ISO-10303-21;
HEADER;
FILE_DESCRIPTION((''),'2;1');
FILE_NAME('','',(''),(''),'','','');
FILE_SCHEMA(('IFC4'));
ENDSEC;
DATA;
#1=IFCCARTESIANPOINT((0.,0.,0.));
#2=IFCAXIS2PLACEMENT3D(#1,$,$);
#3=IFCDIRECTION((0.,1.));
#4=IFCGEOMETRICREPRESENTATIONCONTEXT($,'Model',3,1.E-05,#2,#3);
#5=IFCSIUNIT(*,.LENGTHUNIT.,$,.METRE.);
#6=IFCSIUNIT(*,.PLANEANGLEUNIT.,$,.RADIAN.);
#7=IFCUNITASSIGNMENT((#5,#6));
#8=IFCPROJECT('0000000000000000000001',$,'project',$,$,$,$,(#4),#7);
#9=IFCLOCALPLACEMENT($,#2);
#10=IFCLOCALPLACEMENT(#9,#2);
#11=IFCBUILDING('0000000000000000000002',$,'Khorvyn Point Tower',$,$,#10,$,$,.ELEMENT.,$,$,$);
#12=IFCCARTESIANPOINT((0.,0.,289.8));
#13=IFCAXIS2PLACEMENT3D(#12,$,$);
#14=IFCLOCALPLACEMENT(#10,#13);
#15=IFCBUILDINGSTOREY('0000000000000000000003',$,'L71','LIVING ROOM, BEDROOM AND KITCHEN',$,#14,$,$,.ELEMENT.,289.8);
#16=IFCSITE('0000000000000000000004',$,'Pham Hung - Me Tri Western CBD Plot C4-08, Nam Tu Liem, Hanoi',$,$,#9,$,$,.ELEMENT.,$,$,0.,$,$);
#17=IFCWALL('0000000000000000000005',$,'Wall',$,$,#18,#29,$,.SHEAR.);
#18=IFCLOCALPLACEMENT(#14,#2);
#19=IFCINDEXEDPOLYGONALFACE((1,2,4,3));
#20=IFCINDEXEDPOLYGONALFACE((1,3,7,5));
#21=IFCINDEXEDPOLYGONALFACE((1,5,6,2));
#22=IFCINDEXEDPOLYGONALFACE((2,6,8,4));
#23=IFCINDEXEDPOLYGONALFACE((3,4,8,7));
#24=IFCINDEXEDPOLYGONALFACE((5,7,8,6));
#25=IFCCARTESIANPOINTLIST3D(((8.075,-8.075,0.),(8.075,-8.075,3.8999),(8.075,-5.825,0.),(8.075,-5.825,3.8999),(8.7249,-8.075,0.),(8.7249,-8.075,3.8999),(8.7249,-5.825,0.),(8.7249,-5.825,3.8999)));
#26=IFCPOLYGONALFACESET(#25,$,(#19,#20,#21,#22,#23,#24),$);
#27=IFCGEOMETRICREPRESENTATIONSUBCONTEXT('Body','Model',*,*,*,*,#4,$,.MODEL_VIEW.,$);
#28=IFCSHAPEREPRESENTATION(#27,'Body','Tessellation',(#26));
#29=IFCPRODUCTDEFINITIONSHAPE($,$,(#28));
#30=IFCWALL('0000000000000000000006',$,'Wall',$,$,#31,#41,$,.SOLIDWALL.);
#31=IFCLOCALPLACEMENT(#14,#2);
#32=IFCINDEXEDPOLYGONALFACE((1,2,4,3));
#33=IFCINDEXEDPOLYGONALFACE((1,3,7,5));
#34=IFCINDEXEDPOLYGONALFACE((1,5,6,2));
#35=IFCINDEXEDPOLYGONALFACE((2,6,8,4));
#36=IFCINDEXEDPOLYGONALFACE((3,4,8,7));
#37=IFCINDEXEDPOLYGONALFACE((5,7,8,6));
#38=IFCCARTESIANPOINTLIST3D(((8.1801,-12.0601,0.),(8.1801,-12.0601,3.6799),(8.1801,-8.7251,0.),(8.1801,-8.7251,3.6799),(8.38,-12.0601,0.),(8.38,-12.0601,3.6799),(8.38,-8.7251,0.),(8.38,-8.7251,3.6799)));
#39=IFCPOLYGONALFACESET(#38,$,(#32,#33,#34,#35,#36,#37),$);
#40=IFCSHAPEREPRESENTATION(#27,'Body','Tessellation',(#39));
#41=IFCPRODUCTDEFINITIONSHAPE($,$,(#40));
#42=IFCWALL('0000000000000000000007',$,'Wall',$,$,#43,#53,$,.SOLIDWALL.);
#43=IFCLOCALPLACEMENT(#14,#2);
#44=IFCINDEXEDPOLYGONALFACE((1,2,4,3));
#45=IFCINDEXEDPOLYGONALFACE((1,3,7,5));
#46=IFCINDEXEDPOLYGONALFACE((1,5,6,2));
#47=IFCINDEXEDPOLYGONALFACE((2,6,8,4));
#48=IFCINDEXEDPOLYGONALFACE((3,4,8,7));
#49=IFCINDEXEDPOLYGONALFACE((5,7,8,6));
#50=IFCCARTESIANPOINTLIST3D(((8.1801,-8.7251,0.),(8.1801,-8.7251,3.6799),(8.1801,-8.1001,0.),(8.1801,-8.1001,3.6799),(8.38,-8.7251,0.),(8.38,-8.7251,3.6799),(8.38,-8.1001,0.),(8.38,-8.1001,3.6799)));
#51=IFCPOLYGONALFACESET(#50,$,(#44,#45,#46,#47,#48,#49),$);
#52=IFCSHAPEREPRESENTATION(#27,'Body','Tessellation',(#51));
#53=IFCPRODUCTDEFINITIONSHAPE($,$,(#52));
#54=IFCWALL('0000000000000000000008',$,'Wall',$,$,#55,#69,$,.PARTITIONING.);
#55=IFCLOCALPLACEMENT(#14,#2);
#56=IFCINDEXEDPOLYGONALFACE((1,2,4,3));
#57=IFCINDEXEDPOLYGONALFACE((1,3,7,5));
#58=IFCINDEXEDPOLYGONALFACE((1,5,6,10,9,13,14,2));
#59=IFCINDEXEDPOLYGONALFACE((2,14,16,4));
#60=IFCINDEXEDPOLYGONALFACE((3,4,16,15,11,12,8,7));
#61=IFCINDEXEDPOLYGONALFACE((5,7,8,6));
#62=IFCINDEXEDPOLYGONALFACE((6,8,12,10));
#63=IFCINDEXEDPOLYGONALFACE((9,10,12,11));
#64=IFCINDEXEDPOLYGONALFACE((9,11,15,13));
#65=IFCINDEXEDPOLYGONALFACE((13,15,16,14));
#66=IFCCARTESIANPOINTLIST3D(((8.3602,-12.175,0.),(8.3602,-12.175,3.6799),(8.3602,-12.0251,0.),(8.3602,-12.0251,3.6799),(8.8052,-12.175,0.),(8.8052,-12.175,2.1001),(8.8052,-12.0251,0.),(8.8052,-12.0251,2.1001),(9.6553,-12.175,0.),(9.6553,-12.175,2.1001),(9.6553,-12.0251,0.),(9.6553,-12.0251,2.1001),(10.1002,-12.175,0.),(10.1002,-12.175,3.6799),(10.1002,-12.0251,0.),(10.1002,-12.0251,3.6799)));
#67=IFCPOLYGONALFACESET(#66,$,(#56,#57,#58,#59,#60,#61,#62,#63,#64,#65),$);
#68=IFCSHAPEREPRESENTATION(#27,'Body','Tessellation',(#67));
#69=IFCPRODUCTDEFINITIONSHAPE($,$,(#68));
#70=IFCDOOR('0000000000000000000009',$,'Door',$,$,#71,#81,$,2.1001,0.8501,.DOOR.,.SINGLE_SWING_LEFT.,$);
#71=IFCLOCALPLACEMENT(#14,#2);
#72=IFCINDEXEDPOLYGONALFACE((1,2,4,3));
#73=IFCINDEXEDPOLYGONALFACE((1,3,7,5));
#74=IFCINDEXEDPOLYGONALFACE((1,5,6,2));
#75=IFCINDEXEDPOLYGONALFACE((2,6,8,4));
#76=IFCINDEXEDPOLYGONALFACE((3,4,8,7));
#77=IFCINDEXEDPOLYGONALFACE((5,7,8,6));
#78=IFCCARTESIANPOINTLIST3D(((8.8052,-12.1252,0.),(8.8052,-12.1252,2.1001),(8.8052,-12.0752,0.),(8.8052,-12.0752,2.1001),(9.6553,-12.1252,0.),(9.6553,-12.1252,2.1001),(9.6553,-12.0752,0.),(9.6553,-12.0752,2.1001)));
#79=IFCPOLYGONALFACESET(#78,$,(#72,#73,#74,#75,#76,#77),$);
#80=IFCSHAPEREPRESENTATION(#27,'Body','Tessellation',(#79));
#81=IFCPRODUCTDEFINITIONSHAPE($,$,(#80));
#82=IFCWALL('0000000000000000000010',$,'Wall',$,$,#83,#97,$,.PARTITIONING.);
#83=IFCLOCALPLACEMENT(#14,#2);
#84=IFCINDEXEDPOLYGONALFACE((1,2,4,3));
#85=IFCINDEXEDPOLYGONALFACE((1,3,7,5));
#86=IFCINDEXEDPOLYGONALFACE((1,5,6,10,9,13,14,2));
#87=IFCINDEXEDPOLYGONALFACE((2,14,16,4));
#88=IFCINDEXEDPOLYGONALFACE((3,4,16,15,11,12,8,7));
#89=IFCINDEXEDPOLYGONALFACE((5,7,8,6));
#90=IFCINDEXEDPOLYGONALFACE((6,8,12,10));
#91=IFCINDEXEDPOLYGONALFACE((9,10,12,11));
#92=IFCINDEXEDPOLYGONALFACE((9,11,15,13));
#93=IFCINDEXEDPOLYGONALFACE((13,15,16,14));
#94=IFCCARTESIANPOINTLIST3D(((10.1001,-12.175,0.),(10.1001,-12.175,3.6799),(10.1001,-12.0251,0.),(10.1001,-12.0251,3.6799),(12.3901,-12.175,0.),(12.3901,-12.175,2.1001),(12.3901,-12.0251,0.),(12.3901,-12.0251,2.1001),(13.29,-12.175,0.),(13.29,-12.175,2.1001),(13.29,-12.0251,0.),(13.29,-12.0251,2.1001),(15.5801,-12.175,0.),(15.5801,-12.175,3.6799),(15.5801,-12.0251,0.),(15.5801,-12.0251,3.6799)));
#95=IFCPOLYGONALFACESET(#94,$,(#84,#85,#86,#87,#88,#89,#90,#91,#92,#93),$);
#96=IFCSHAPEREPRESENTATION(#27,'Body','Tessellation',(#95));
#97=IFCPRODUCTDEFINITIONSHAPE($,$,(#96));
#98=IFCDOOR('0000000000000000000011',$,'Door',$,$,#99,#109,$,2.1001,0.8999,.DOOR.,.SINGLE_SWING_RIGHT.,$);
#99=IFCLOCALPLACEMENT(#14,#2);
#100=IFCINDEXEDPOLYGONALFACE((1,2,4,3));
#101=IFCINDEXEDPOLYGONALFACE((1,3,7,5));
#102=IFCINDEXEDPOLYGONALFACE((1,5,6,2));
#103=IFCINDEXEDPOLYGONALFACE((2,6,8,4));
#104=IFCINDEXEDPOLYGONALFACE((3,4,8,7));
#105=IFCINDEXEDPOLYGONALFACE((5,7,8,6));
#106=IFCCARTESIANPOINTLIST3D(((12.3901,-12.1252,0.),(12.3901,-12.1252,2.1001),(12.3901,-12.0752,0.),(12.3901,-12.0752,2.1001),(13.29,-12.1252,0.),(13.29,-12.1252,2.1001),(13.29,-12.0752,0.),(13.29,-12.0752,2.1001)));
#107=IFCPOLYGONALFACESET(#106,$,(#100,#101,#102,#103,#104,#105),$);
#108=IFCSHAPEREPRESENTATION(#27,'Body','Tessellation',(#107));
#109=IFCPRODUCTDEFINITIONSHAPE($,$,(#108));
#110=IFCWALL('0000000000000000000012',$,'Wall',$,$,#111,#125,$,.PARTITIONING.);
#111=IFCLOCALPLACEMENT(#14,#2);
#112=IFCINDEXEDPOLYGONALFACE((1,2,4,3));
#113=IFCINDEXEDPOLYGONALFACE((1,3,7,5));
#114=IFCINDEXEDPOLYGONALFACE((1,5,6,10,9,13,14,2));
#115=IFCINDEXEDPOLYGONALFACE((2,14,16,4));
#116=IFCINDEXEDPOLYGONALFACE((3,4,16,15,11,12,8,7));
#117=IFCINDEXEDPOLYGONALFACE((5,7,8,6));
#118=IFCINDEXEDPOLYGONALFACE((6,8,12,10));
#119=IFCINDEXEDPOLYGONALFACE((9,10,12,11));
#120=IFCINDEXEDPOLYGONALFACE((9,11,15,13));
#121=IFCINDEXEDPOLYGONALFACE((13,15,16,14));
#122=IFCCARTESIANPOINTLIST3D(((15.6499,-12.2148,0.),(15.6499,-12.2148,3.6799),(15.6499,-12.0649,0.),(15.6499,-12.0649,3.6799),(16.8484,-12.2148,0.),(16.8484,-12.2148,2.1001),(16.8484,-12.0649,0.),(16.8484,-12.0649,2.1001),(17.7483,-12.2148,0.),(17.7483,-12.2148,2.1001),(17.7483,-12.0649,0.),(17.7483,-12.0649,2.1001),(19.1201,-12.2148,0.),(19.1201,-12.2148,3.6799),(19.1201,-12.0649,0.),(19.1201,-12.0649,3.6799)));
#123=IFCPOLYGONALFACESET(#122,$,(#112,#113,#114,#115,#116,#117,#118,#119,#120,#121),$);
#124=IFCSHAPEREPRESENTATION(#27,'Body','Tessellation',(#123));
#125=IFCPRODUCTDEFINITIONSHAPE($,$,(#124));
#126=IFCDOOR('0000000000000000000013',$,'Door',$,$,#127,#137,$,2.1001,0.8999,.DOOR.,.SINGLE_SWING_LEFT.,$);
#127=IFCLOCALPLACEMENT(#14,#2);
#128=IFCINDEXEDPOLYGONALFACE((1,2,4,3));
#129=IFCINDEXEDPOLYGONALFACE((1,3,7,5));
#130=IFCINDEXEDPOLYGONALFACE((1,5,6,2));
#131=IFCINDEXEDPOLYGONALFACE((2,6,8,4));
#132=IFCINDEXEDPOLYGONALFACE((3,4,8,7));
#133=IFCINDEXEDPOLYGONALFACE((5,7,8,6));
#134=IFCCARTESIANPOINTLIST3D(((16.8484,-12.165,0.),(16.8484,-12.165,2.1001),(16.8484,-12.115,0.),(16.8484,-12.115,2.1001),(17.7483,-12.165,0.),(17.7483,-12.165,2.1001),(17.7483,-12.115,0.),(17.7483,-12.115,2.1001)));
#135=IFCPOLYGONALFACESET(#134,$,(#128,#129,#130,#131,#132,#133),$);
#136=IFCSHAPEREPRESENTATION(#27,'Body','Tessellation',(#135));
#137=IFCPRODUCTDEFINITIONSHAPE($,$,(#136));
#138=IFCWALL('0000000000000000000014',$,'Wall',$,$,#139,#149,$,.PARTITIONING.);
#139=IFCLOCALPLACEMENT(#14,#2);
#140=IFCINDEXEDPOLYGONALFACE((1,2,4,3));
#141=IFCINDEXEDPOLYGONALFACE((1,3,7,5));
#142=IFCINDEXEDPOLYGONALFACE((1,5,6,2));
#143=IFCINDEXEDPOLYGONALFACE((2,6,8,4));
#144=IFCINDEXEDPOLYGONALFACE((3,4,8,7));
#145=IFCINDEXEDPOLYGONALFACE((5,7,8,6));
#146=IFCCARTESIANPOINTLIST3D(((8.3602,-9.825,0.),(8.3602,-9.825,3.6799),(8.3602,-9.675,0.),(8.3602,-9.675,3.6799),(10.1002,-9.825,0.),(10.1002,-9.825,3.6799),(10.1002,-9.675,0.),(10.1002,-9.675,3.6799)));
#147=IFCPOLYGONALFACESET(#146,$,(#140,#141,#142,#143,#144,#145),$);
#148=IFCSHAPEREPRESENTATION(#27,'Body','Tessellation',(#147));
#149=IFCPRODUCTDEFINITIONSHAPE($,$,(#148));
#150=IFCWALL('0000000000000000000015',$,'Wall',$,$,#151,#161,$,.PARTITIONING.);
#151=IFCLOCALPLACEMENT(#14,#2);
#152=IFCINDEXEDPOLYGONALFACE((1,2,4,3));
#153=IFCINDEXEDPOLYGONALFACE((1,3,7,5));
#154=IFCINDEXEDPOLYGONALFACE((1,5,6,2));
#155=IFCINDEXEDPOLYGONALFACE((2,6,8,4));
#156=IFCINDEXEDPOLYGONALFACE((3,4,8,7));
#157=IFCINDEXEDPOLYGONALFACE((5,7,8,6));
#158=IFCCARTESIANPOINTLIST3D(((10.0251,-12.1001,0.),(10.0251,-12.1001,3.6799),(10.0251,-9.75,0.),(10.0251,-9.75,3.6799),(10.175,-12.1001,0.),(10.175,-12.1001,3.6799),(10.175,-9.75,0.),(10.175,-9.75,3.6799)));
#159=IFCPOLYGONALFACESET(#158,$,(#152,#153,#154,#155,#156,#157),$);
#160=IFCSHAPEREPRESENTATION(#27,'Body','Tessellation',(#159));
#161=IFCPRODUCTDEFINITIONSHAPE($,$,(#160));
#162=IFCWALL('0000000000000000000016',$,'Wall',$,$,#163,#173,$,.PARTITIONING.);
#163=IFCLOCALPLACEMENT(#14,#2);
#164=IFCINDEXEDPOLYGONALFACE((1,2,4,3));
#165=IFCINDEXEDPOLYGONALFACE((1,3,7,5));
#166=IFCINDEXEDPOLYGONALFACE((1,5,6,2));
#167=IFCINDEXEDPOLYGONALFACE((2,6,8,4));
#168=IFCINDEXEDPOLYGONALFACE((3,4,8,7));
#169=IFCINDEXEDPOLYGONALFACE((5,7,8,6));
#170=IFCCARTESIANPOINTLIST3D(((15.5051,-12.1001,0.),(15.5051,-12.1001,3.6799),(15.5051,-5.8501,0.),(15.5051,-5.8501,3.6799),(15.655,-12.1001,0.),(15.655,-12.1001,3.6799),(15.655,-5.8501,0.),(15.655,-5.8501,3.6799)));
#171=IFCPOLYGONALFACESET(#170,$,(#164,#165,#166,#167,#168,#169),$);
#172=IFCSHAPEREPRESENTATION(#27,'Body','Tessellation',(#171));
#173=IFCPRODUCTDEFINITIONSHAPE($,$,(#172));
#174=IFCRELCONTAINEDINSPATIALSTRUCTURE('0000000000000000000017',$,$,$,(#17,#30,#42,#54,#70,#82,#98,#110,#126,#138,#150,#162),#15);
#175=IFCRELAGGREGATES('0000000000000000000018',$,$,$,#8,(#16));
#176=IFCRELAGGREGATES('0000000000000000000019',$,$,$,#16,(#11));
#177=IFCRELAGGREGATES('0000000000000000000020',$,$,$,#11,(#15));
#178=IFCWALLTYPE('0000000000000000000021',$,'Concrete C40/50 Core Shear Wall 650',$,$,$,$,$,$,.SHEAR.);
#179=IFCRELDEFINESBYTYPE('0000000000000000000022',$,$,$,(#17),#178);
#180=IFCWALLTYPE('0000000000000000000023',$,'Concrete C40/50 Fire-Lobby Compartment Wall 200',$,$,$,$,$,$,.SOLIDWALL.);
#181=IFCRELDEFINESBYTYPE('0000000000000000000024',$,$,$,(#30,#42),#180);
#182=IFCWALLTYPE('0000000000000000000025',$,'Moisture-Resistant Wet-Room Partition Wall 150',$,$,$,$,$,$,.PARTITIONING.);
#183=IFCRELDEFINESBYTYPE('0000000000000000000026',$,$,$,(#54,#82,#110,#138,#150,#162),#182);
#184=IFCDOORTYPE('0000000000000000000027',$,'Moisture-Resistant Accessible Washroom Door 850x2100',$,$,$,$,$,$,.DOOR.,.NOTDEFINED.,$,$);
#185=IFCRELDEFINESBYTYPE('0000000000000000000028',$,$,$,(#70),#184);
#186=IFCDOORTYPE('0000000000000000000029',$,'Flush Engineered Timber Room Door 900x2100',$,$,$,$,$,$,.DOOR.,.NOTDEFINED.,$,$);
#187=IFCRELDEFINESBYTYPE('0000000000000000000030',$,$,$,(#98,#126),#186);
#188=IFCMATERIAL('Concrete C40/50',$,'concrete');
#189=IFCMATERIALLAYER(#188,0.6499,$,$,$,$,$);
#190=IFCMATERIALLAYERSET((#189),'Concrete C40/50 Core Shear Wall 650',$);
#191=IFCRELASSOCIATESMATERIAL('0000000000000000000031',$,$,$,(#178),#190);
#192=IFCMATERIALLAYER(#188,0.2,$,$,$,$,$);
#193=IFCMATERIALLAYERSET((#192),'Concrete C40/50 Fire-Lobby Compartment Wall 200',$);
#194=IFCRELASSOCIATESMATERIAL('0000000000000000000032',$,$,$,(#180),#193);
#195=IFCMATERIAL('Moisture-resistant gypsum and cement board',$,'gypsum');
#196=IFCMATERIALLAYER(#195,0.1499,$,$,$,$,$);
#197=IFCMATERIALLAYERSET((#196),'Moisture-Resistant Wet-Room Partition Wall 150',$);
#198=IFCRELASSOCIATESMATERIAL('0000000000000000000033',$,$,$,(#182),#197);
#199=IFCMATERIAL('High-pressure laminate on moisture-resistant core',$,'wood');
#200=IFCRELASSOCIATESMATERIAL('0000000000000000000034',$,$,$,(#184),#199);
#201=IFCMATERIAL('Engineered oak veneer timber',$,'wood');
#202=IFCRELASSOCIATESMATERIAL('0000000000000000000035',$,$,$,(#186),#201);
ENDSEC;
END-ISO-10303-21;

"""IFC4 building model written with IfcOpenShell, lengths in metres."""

from ifc_helpers import new_model, si_unit, direction, frame, frame_2d, origin, place, context, subcontext, project, spatial, rectangle, extrude, material, layer, layer_set, type_object, element, fill, save


model = new_model("IFC4")

# Units and contexts
model_context = context("Model", 3, precision=1e-05, world=origin(), true_north=direction((0.0, 1.0)))
body_context = subcontext(model_context, "Body", "Model", "MODEL_VIEW")
ifc_project = project(units=[si_unit("LENGTHUNIT", "METRE"), si_unit("PLANEANGLEUNIT", "RADIAN")], contexts=[model_context])

# Site, building, storey
site_placement = place(None, origin())
site = spatial("IfcSite", under=ifc_project, at=site_placement, Name="Pham Hung - Me Tri Western CBD Plot C4-08, Nam Tu Liem, Hanoi", CompositionType="ELEMENT", RefElevation=0.0)
building_placement = place(site_placement, origin())
building = spatial("IfcBuilding", under=site, at=building_placement, Name="Khorvyn Point Tower", CompositionType="ELEMENT")
storey_placement = place(building_placement, frame((0.0, 0.0, 289.8)))
storey = spatial("IfcBuildingStorey", under=building, at=storey_placement, Name="L71", Description="LIVING ROOM, BEDROOM AND KITCHEN", CompositionType="ELEMENT", Elevation=289.8)

# Shared definitions
ifc_material_1 = material(Name="Concrete C40/50", Category="concrete")

# Walls
ifc_layer_1 = layer(ifc_material_1, 0.6499)
ifc_layer_set_1 = layer_set([ifc_layer_1], Name="Concrete C40/50 Core Shear Wall 650")
wall_type_1 = type_object("IfcWallType", Name="Concrete C40/50 Core Shear Wall 650", PredefinedType="SHEAR", material=ifc_layer_set_1)
wall_1_placement = place(storey_placement, frame((8.3999, -8.075, 0.0), z_axis=(0.0, 0.0, 1.0), x_axis=(0.0, 1.0, 0.0)))
element("IfcWall", 1, at=wall_1_placement, inside=storey, type_object=wall_type_1, Name="Wall", PredefinedType="SHEAR", context=body_context, shape_type="SweptSolid", body=[
    extrude(rectangle(XDim=2.25, YDim=0.6499, at=frame_2d((1.125, 0.0))), origin(), (0.0, 0.0, 1.0), 3.8999),
])
ifc_layer_2 = layer(ifc_material_1, 0.2)
ifc_layer_set_2 = layer_set([ifc_layer_2], Name="Concrete C40/50 Fire-Lobby Compartment Wall 200")
wall_type_2 = type_object("IfcWallType", Name="Concrete C40/50 Fire-Lobby Compartment Wall 200", PredefinedType="SOLIDWALL", material=ifc_layer_set_2)
wall_2_placement = place(storey_placement, frame((8.28, -12.0601, 0.0), z_axis=(0.0, 0.0, 1.0), x_axis=(0.0, 1.0, 0.0)))
element("IfcWall", 2, at=wall_2_placement, inside=storey, type_object=wall_type_2, Name="Wall", PredefinedType="SOLIDWALL", context=body_context, shape_type="SweptSolid", body=[
    extrude(rectangle(XDim=3.335, YDim=0.2, at=frame_2d((1.6675, 0.0))), origin(), (0.0, 0.0, 1.0), 3.6799),
])
wall_3_placement = place(storey_placement, frame((8.28, -8.7251, 0.0), z_axis=(0.0, 0.0, 1.0), x_axis=(0.0, 1.0, 0.0)))
element("IfcWall", 3, at=wall_3_placement, inside=storey, type_object=wall_type_2, Name="Wall", PredefinedType="SOLIDWALL", context=body_context, shape_type="SweptSolid", body=[
    extrude(rectangle(XDim=0.625, YDim=0.2, at=frame_2d((0.3125, 0.0))), origin(), (0.0, 0.0, 1.0), 3.6799),
])

# Walls, openings, doors
ifc_material_2 = material(Name="Moisture-resistant gypsum and cement board", Category="gypsum")
ifc_layer_3 = layer(ifc_material_2, 0.1499)
ifc_layer_set_3 = layer_set([ifc_layer_3], Name="Moisture-Resistant Wet-Room Partition Wall 150")
wall_type_3 = type_object("IfcWallType", Name="Moisture-Resistant Wet-Room Partition Wall 150", PredefinedType="PARTITIONING", material=ifc_layer_set_3)
wall_4_placement = place(storey_placement, frame((8.3601, -12.1001, 0.0), z_axis=(0.0, 0.0, 1.0), x_axis=(1.0, 0.0, 0.0)))
wall_4 = element("IfcWall", 4, at=wall_4_placement, inside=storey, type_object=wall_type_3, Name="Wall", PredefinedType="PARTITIONING", context=body_context, shape_type="SweptSolid", body=[
    extrude(rectangle(XDim=1.74, YDim=0.1499, at=frame_2d((0.8701, 0.0))), origin(), (0.0, 0.0, 1.0), 3.6799),
])
opening_1_placement = place(wall_4_placement, frame((0.4451, 0.0, 0.0)))
opening_1 = element("IfcOpeningElement", 5, at=opening_1_placement, cuts=wall_4, PredefinedType="OPENING", context=body_context, shape_type="SweptSolid", body=[
    extrude(rectangle(XDim=0.8501, YDim=2.1001, at=frame_2d((0.425, 1.05))), frame((0.0, 0.085, 0.0), z_axis=(0.0, -1.0, 0.0), x_axis=(1.0, 0.0, 0.0)), (0.0, 0.0, 1.0), 0.1699),
])
ifc_material_3 = material(Name="High-pressure laminate on moisture-resistant core", Category="wood")
door_type_1 = type_object("IfcDoorType", Name="Moisture-Resistant Accessible Washroom Door 850x2100", OperationType="NOTDEFINED", PredefinedType="DOOR", material=ifc_material_3)
door_1_placement = place(opening_1_placement, origin())
door_1 = element("IfcDoor", 6, at=door_1_placement, inside=storey, type_object=door_type_1, Name="Door", OperationType="SINGLE_SWING_LEFT", OverallHeight=2.1001, OverallWidth=0.8501, PredefinedType="DOOR", context=body_context, shape_type="SweptSolid", body=[
    extrude(rectangle(XDim=0.8501, YDim=2.1001, at=frame_2d((0.425, 1.05))), frame((0.0, 0.0249, 0.0), z_axis=(0.0, -1.0, 0.0), x_axis=(1.0, 0.0, 0.0)), (0.0, 0.0, 1.0), 0.05),
])
fill(opening_1, door_1)
wall_5_placement = place(storey_placement, frame((10.1001, -12.1001, 0.0), z_axis=(0.0, 0.0, 1.0), x_axis=(1.0, 0.0, 0.0)))
wall_5 = element("IfcWall", 7, at=wall_5_placement, inside=storey, type_object=wall_type_3, Name="Wall", PredefinedType="PARTITIONING", context=body_context, shape_type="SweptSolid", body=[
    extrude(rectangle(XDim=5.48, YDim=0.1499, at=frame_2d((2.74, 0.0))), origin(), (0.0, 0.0, 1.0), 3.6799),
])
opening_2_placement = place(wall_5_placement, frame((2.29, 0.0, 0.0)))
opening_2 = element("IfcOpeningElement", 8, at=opening_2_placement, cuts=wall_5, PredefinedType="OPENING", context=body_context, shape_type="SweptSolid", body=[
    extrude(rectangle(XDim=0.8999, YDim=2.1001, at=frame_2d((0.45, 1.05))), frame((0.0, 0.085, 0.0), z_axis=(0.0, -1.0, 0.0), x_axis=(1.0, 0.0, 0.0)), (0.0, 0.0, 1.0), 0.1699),
])
ifc_material_4 = material(Name="Engineered oak veneer timber", Category="wood")
door_type_2 = type_object("IfcDoorType", Name="Flush Engineered Timber Room Door 900x2100", OperationType="NOTDEFINED", PredefinedType="DOOR", material=ifc_material_4)
door_2_placement = place(opening_2_placement, origin())
door_2 = element("IfcDoor", 9, at=door_2_placement, inside=storey, type_object=door_type_2, Name="Door", OperationType="SINGLE_SWING_RIGHT", OverallHeight=2.1001, OverallWidth=0.8999, PredefinedType="DOOR", context=body_context, shape_type="SweptSolid", body=[
    extrude(rectangle(XDim=0.8999, YDim=2.1001, at=frame_2d((0.45, 1.05))), frame((0.0, 0.0249, 0.0), z_axis=(0.0, -1.0, 0.0), x_axis=(1.0, 0.0, 0.0)), (0.0, 0.0, 1.0), 0.05),
])
fill(opening_2, door_2)
wall_6_placement = place(storey_placement, frame((15.6499, -12.1399, 0.0), z_axis=(0.0, 0.0, 1.0), x_axis=(1.0, 0.0, 0.0)))
wall_6 = element("IfcWall", 10, at=wall_6_placement, inside=storey, type_object=wall_type_3, Name="Wall", PredefinedType="PARTITIONING", context=body_context, shape_type="SweptSolid", body=[
    extrude(rectangle(XDim=3.4702, YDim=0.1499, at=frame_2d((1.7351, 0.0))), origin(), (0.0, 0.0, 1.0), 3.6799),
])
opening_3_placement = place(wall_6_placement, frame((1.1985, 0.0, 0.0)))
opening_3 = element("IfcOpeningElement", 11, at=opening_3_placement, cuts=wall_6, PredefinedType="OPENING", context=body_context, shape_type="SweptSolid", body=[
    extrude(rectangle(XDim=0.8999, YDim=2.1001, at=frame_2d((0.45, 1.05))), frame((0.0, 0.085, 0.0), z_axis=(0.0, -1.0, 0.0), x_axis=(1.0, 0.0, 0.0)), (0.0, 0.0, 1.0), 0.1699),
])
door_3_placement = place(opening_3_placement, origin())
door_3 = element("IfcDoor", 12, at=door_3_placement, inside=storey, type_object=door_type_2, Name="Door", OperationType="SINGLE_SWING_LEFT", OverallHeight=2.1001, OverallWidth=0.8999, PredefinedType="DOOR", context=body_context, shape_type="SweptSolid", body=[
    extrude(rectangle(XDim=0.8999, YDim=2.1001, at=frame_2d((0.45, 1.05))), frame((0.0, 0.0249, 0.0), z_axis=(0.0, -1.0, 0.0), x_axis=(1.0, 0.0, 0.0)), (0.0, 0.0, 1.0), 0.05),
])
fill(opening_3, door_3)

# Walls
wall_7_placement = place(storey_placement, frame((8.3601, -9.75, 0.0), z_axis=(0.0, 0.0, 1.0), x_axis=(1.0, 0.0, 0.0)))
element("IfcWall", 13, at=wall_7_placement, inside=storey, type_object=wall_type_3, Name="Wall", PredefinedType="PARTITIONING", context=body_context, shape_type="SweptSolid", body=[
    extrude(rectangle(XDim=1.74, YDim=0.1499, at=frame_2d((0.8701, 0.0))), origin(), (0.0, 0.0, 1.0), 3.6799),
])
wall_8_placement = place(storey_placement, frame((10.1001, -12.1001, 0.0), z_axis=(0.0, 0.0, 1.0), x_axis=(0.0, 1.0, 0.0)))
element("IfcWall", 14, at=wall_8_placement, inside=storey, type_object=wall_type_3, Name="Wall", PredefinedType="PARTITIONING", context=body_context, shape_type="SweptSolid", body=[
    extrude(rectangle(XDim=2.3501, YDim=0.1499, at=frame_2d((1.175, 0.0))), origin(), (0.0, 0.0, 1.0), 3.6799),
])
wall_9_placement = place(storey_placement, frame((15.5801, -12.1001, 0.0), z_axis=(0.0, 0.0, 1.0), x_axis=(0.0, 1.0, 0.0)))
element("IfcWall", 15, at=wall_9_placement, inside=storey, type_object=wall_type_3, Name="Wall", PredefinedType="PARTITIONING", context=body_context, shape_type="SweptSolid", body=[
    extrude(rectangle(XDim=6.25, YDim=0.1499, at=frame_2d((3.125, 0.0))), origin(), (0.0, 0.0, 1.0), 3.6799),
])

save(model, "model.ifc")
